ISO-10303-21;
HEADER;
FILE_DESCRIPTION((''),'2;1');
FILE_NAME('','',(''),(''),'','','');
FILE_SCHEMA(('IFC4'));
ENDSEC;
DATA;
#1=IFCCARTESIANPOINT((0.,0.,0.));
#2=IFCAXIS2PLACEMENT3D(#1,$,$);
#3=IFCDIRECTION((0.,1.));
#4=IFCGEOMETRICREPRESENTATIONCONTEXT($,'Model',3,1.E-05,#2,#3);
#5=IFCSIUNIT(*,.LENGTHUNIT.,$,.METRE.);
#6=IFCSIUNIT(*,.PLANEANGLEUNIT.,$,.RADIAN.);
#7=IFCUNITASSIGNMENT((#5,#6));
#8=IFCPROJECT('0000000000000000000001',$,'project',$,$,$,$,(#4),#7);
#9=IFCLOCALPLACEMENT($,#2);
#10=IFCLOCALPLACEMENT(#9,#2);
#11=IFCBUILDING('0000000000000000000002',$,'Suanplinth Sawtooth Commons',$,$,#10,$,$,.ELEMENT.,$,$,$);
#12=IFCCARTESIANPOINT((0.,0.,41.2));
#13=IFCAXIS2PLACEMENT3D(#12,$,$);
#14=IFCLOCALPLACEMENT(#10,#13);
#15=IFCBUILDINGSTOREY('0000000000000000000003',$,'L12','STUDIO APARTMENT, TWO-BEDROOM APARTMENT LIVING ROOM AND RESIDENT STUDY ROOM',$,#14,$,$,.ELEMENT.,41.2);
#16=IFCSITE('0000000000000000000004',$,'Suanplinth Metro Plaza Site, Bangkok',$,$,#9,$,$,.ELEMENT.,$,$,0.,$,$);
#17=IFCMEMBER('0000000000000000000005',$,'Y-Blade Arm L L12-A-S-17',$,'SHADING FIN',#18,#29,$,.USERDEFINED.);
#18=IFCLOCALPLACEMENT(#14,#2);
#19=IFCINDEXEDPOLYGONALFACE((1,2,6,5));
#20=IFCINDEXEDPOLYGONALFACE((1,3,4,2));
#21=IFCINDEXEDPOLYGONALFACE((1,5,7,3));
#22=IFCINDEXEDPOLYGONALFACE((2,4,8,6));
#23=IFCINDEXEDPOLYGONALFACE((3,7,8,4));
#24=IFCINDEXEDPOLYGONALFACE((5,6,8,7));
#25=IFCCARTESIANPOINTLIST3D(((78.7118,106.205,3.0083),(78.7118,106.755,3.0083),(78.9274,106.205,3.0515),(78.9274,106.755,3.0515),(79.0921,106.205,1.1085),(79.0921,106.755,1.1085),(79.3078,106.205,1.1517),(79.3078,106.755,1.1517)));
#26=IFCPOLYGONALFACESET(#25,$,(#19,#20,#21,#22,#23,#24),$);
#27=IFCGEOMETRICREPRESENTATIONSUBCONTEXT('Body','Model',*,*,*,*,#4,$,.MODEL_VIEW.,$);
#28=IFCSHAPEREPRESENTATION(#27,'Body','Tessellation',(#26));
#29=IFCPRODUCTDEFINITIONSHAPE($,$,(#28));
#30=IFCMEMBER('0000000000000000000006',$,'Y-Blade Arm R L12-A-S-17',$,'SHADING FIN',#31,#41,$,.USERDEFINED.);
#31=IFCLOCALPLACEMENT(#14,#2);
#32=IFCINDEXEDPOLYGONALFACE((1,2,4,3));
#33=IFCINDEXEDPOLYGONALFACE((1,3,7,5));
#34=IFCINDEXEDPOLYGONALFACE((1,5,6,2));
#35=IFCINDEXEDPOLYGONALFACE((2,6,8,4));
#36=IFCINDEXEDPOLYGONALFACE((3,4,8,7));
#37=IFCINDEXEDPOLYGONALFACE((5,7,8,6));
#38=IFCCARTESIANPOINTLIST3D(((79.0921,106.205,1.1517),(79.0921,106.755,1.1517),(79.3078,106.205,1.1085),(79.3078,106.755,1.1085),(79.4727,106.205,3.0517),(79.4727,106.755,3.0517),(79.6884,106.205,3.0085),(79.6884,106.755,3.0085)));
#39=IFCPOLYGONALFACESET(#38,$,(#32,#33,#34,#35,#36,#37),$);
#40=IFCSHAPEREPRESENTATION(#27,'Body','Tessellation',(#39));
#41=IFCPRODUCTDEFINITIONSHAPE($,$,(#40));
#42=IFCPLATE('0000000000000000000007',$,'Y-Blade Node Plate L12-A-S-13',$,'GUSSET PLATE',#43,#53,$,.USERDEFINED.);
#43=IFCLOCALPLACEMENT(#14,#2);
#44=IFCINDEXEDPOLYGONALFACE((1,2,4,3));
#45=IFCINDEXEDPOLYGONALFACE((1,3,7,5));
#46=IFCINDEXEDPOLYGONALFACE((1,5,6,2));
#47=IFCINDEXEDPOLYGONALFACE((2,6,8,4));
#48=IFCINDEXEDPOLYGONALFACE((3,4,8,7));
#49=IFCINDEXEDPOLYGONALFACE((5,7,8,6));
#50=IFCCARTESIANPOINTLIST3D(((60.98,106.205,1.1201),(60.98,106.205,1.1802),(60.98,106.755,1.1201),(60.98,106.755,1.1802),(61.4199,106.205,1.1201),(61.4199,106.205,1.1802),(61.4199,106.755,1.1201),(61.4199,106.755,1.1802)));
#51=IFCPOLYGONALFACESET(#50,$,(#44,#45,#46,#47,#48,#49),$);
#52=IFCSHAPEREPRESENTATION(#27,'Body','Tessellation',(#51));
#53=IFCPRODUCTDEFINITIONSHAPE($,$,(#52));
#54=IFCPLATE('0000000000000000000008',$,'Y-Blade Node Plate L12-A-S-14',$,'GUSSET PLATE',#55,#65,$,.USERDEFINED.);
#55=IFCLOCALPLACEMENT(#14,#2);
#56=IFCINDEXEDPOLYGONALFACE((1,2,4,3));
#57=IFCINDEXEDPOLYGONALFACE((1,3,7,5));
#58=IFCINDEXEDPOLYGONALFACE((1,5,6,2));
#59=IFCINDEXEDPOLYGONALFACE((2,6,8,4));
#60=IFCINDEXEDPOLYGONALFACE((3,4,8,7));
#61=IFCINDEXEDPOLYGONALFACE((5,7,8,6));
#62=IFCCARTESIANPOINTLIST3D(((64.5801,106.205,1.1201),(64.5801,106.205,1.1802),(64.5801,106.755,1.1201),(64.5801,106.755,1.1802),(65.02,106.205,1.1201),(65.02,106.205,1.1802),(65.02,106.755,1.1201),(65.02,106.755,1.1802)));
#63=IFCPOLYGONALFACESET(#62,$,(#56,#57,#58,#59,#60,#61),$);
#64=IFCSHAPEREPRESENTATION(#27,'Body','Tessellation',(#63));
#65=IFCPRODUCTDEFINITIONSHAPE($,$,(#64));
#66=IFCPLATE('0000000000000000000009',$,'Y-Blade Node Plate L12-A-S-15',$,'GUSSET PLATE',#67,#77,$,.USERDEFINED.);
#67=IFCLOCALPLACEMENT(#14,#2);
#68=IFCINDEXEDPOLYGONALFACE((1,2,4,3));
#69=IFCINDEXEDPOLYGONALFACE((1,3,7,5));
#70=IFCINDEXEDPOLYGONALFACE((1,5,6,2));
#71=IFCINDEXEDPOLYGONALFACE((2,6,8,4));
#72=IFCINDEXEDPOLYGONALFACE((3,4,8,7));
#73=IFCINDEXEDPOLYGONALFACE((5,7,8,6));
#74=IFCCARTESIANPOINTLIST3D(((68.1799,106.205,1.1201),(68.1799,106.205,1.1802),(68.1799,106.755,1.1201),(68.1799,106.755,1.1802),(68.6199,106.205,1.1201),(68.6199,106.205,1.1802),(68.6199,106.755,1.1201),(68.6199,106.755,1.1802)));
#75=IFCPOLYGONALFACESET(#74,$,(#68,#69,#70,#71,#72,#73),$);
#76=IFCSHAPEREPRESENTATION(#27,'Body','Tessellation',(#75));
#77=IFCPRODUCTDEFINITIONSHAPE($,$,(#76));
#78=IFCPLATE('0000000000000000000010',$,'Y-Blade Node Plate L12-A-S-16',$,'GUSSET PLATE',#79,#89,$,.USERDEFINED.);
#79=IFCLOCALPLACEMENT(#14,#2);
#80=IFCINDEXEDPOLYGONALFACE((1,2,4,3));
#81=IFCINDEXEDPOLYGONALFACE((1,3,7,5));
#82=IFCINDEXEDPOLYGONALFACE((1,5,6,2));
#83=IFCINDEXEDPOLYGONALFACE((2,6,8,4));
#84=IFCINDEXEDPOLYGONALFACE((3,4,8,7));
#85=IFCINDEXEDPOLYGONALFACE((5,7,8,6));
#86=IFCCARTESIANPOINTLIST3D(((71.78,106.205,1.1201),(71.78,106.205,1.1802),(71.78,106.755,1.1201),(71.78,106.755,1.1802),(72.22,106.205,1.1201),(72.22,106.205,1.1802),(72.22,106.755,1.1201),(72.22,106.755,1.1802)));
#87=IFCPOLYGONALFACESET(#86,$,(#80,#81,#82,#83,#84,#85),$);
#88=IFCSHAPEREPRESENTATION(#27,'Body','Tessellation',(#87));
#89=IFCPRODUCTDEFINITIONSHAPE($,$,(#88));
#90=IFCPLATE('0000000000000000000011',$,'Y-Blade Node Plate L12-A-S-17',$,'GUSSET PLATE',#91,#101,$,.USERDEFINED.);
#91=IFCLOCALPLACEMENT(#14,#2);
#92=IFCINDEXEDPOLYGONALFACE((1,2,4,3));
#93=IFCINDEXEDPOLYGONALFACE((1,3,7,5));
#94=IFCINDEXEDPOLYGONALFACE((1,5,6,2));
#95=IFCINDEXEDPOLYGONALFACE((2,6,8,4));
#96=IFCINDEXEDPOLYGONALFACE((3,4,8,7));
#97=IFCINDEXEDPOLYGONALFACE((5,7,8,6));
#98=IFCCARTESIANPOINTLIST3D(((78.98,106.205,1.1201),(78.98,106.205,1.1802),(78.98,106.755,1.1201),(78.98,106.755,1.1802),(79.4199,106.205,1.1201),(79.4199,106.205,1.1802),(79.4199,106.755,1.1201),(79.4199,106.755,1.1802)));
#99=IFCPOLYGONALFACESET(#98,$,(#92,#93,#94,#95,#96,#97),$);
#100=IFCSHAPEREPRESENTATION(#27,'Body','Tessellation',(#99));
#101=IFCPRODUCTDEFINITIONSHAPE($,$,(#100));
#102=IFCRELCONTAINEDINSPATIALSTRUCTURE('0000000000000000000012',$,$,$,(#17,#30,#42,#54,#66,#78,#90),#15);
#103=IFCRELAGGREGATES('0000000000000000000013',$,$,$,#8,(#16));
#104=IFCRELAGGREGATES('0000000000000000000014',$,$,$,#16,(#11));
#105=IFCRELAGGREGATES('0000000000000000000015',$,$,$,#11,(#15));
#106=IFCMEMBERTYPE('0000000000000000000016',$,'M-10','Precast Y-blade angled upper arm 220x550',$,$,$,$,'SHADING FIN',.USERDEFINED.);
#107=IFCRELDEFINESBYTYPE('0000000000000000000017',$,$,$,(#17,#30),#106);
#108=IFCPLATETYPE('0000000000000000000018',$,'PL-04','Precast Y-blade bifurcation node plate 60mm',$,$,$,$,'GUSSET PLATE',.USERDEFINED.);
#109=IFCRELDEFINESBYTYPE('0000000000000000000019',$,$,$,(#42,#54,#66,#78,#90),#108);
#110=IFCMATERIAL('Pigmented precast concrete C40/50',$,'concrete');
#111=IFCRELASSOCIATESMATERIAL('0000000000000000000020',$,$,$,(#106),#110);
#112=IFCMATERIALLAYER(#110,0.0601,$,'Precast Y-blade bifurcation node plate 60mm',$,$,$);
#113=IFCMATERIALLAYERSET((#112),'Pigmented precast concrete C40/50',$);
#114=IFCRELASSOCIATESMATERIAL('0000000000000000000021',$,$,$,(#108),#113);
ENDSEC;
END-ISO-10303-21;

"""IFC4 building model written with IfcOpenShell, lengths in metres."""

from ifc_helpers import new_model, si_unit, direction, frame, origin, origin_2d, place, context, subcontext, project, spatial, rectangle, extrude, material, layer, layer_set, material_profile, profile_set, type_object, element, save


model = new_model("IFC4")

# Units and contexts
model_context = context("Model", 3, precision=1e-05, world=origin(), true_north=direction((0.0, 1.0)))
body_context = subcontext(model_context, "Body", "Model", "MODEL_VIEW")
ifc_project = project(units=[si_unit("LENGTHUNIT", "METRE"), si_unit("PLANEANGLEUNIT", "RADIAN")], contexts=[model_context])

# Site, building, storey
site_placement = place(None, origin())
site = spatial("IfcSite", under=ifc_project, at=site_placement, Name="Suanplinth Metro Plaza Site, Bangkok", CompositionType="ELEMENT", RefElevation=0.0)
building_placement = place(site_placement, origin())
building = spatial("IfcBuilding", under=site, at=building_placement, Name="Suanplinth Sawtooth Commons", CompositionType="ELEMENT")
storey_placement = place(building_placement, frame((0.0, 0.0, 41.2)))
storey = spatial("IfcBuildingStorey", under=building, at=storey_placement, Name="L12", Description="STUDIO APARTMENT, TWO-BEDROOM APARTMENT LIVING ROOM AND RESIDENT STUDY ROOM", CompositionType="ELEMENT", Elevation=41.2)

# Members
ifc_material_1 = material(Name="Pigmented precast concrete C40/50", Category="concrete")
ifc_material_profile_1 = material_profile(ifc_material_1, rectangle(XDim=0.22, YDim=0.55, at=origin_2d()), Name="PC-FIN 220x550")
ifc_profile_set_1 = profile_set([ifc_material_profile_1], Name="Pigmented precast concrete C40/50")
member_type_1 = type_object("IfcMemberType", Name="M-10", Description="Precast Y-blade angled upper arm 220x550", ElementType="SHADING FIN", PredefinedType="USERDEFINED", material=ifc_profile_set_1)
member_1_placement = place(storey_placement, frame((79.2, 106.48, 1.1301), z_axis=(-0.19631, 0.0, 0.980542), x_axis=(0.980542, 0.0, 0.19631)))
element("IfcMember", 1, at=member_1_placement, inside=storey, type_object=member_type_1, Name="Y-Blade Arm L L12-A-S-17", ObjectType="SHADING FIN", PredefinedType="USERDEFINED", context=body_context, shape_type="SweptSolid", body=[
    extrude(rectangle(XDim=0.22, YDim=0.55, at=origin_2d()), origin(), (0.0, 0.0, 1.0), 1.9375),
])
member_2_placement = place(storey_placement, frame((79.2, 106.48, 1.1301), z_axis=(0.196431, 0.0, 0.980518), x_axis=(-0.980518, 0.0, 0.196431)))
element("IfcMember", 2, at=member_2_placement, inside=storey, type_object=member_type_1, Name="Y-Blade Arm R L12-A-S-17", ObjectType="SHADING FIN", PredefinedType="USERDEFINED", context=body_context, shape_type="SweptSolid", body=[
    extrude(rectangle(XDim=0.22, YDim=0.55, at=origin_2d()), origin(), (0.0, 0.0, 1.0), 1.9377),
])

# Plates
ifc_layer = layer(ifc_material_1, 0.0601, Name="Precast Y-blade bifurcation node plate 60mm")
ifc_layer_set = layer_set([ifc_layer], Name="Pigmented precast concrete C40/50")
plate_type = type_object("IfcPlateType", Name="PL-04", Description="Precast Y-blade bifurcation node plate 60mm", ElementType="GUSSET PLATE", PredefinedType="USERDEFINED", material=ifc_layer_set)
for number, where, z_axis, x_axis, name in (
    (3, (61.2, 106.48, 1.1201), (0.0, 0.0, 1.0), (1.0, 0.0, 0.0), "Y-Blade Node Plate L12-A-S-13"),
    (4, (64.8, 106.48, 1.1201), (0.0, 0.0, 1.0), (1.0, 0.0, 0.0), "Y-Blade Node Plate L12-A-S-14"),
    (5, (68.3999, 106.48, 1.1201), (0.0, 0.0, 1.0), (1.0, 0.0, 0.0), "Y-Blade Node Plate L12-A-S-15"),
    (6, (72.0, 106.48, 1.1201), (0.0, 0.0, 1.0), (1.0, 0.0, 0.0), "Y-Blade Node Plate L12-A-S-16"),
    (7, (79.2, 106.48, 1.1201), (0.0, 0.0, 1.0), (1.0, 0.0, 0.0), "Y-Blade Node Plate L12-A-S-17"),
):
    element("IfcPlate", number, at=place(storey_placement, frame(where, z_axis=z_axis, x_axis=x_axis)), inside=storey, type_object=plate_type, Name=name, ObjectType="GUSSET PLATE", PredefinedType="USERDEFINED", context=body_context, shape_type="SweptSolid", body=[
        extrude(rectangle(XDim=0.4399, YDim=0.55, at=origin_2d()), origin(), (0.0, 0.0, 1.0), 0.0601),
    ])

save(model, "model.ifc")
